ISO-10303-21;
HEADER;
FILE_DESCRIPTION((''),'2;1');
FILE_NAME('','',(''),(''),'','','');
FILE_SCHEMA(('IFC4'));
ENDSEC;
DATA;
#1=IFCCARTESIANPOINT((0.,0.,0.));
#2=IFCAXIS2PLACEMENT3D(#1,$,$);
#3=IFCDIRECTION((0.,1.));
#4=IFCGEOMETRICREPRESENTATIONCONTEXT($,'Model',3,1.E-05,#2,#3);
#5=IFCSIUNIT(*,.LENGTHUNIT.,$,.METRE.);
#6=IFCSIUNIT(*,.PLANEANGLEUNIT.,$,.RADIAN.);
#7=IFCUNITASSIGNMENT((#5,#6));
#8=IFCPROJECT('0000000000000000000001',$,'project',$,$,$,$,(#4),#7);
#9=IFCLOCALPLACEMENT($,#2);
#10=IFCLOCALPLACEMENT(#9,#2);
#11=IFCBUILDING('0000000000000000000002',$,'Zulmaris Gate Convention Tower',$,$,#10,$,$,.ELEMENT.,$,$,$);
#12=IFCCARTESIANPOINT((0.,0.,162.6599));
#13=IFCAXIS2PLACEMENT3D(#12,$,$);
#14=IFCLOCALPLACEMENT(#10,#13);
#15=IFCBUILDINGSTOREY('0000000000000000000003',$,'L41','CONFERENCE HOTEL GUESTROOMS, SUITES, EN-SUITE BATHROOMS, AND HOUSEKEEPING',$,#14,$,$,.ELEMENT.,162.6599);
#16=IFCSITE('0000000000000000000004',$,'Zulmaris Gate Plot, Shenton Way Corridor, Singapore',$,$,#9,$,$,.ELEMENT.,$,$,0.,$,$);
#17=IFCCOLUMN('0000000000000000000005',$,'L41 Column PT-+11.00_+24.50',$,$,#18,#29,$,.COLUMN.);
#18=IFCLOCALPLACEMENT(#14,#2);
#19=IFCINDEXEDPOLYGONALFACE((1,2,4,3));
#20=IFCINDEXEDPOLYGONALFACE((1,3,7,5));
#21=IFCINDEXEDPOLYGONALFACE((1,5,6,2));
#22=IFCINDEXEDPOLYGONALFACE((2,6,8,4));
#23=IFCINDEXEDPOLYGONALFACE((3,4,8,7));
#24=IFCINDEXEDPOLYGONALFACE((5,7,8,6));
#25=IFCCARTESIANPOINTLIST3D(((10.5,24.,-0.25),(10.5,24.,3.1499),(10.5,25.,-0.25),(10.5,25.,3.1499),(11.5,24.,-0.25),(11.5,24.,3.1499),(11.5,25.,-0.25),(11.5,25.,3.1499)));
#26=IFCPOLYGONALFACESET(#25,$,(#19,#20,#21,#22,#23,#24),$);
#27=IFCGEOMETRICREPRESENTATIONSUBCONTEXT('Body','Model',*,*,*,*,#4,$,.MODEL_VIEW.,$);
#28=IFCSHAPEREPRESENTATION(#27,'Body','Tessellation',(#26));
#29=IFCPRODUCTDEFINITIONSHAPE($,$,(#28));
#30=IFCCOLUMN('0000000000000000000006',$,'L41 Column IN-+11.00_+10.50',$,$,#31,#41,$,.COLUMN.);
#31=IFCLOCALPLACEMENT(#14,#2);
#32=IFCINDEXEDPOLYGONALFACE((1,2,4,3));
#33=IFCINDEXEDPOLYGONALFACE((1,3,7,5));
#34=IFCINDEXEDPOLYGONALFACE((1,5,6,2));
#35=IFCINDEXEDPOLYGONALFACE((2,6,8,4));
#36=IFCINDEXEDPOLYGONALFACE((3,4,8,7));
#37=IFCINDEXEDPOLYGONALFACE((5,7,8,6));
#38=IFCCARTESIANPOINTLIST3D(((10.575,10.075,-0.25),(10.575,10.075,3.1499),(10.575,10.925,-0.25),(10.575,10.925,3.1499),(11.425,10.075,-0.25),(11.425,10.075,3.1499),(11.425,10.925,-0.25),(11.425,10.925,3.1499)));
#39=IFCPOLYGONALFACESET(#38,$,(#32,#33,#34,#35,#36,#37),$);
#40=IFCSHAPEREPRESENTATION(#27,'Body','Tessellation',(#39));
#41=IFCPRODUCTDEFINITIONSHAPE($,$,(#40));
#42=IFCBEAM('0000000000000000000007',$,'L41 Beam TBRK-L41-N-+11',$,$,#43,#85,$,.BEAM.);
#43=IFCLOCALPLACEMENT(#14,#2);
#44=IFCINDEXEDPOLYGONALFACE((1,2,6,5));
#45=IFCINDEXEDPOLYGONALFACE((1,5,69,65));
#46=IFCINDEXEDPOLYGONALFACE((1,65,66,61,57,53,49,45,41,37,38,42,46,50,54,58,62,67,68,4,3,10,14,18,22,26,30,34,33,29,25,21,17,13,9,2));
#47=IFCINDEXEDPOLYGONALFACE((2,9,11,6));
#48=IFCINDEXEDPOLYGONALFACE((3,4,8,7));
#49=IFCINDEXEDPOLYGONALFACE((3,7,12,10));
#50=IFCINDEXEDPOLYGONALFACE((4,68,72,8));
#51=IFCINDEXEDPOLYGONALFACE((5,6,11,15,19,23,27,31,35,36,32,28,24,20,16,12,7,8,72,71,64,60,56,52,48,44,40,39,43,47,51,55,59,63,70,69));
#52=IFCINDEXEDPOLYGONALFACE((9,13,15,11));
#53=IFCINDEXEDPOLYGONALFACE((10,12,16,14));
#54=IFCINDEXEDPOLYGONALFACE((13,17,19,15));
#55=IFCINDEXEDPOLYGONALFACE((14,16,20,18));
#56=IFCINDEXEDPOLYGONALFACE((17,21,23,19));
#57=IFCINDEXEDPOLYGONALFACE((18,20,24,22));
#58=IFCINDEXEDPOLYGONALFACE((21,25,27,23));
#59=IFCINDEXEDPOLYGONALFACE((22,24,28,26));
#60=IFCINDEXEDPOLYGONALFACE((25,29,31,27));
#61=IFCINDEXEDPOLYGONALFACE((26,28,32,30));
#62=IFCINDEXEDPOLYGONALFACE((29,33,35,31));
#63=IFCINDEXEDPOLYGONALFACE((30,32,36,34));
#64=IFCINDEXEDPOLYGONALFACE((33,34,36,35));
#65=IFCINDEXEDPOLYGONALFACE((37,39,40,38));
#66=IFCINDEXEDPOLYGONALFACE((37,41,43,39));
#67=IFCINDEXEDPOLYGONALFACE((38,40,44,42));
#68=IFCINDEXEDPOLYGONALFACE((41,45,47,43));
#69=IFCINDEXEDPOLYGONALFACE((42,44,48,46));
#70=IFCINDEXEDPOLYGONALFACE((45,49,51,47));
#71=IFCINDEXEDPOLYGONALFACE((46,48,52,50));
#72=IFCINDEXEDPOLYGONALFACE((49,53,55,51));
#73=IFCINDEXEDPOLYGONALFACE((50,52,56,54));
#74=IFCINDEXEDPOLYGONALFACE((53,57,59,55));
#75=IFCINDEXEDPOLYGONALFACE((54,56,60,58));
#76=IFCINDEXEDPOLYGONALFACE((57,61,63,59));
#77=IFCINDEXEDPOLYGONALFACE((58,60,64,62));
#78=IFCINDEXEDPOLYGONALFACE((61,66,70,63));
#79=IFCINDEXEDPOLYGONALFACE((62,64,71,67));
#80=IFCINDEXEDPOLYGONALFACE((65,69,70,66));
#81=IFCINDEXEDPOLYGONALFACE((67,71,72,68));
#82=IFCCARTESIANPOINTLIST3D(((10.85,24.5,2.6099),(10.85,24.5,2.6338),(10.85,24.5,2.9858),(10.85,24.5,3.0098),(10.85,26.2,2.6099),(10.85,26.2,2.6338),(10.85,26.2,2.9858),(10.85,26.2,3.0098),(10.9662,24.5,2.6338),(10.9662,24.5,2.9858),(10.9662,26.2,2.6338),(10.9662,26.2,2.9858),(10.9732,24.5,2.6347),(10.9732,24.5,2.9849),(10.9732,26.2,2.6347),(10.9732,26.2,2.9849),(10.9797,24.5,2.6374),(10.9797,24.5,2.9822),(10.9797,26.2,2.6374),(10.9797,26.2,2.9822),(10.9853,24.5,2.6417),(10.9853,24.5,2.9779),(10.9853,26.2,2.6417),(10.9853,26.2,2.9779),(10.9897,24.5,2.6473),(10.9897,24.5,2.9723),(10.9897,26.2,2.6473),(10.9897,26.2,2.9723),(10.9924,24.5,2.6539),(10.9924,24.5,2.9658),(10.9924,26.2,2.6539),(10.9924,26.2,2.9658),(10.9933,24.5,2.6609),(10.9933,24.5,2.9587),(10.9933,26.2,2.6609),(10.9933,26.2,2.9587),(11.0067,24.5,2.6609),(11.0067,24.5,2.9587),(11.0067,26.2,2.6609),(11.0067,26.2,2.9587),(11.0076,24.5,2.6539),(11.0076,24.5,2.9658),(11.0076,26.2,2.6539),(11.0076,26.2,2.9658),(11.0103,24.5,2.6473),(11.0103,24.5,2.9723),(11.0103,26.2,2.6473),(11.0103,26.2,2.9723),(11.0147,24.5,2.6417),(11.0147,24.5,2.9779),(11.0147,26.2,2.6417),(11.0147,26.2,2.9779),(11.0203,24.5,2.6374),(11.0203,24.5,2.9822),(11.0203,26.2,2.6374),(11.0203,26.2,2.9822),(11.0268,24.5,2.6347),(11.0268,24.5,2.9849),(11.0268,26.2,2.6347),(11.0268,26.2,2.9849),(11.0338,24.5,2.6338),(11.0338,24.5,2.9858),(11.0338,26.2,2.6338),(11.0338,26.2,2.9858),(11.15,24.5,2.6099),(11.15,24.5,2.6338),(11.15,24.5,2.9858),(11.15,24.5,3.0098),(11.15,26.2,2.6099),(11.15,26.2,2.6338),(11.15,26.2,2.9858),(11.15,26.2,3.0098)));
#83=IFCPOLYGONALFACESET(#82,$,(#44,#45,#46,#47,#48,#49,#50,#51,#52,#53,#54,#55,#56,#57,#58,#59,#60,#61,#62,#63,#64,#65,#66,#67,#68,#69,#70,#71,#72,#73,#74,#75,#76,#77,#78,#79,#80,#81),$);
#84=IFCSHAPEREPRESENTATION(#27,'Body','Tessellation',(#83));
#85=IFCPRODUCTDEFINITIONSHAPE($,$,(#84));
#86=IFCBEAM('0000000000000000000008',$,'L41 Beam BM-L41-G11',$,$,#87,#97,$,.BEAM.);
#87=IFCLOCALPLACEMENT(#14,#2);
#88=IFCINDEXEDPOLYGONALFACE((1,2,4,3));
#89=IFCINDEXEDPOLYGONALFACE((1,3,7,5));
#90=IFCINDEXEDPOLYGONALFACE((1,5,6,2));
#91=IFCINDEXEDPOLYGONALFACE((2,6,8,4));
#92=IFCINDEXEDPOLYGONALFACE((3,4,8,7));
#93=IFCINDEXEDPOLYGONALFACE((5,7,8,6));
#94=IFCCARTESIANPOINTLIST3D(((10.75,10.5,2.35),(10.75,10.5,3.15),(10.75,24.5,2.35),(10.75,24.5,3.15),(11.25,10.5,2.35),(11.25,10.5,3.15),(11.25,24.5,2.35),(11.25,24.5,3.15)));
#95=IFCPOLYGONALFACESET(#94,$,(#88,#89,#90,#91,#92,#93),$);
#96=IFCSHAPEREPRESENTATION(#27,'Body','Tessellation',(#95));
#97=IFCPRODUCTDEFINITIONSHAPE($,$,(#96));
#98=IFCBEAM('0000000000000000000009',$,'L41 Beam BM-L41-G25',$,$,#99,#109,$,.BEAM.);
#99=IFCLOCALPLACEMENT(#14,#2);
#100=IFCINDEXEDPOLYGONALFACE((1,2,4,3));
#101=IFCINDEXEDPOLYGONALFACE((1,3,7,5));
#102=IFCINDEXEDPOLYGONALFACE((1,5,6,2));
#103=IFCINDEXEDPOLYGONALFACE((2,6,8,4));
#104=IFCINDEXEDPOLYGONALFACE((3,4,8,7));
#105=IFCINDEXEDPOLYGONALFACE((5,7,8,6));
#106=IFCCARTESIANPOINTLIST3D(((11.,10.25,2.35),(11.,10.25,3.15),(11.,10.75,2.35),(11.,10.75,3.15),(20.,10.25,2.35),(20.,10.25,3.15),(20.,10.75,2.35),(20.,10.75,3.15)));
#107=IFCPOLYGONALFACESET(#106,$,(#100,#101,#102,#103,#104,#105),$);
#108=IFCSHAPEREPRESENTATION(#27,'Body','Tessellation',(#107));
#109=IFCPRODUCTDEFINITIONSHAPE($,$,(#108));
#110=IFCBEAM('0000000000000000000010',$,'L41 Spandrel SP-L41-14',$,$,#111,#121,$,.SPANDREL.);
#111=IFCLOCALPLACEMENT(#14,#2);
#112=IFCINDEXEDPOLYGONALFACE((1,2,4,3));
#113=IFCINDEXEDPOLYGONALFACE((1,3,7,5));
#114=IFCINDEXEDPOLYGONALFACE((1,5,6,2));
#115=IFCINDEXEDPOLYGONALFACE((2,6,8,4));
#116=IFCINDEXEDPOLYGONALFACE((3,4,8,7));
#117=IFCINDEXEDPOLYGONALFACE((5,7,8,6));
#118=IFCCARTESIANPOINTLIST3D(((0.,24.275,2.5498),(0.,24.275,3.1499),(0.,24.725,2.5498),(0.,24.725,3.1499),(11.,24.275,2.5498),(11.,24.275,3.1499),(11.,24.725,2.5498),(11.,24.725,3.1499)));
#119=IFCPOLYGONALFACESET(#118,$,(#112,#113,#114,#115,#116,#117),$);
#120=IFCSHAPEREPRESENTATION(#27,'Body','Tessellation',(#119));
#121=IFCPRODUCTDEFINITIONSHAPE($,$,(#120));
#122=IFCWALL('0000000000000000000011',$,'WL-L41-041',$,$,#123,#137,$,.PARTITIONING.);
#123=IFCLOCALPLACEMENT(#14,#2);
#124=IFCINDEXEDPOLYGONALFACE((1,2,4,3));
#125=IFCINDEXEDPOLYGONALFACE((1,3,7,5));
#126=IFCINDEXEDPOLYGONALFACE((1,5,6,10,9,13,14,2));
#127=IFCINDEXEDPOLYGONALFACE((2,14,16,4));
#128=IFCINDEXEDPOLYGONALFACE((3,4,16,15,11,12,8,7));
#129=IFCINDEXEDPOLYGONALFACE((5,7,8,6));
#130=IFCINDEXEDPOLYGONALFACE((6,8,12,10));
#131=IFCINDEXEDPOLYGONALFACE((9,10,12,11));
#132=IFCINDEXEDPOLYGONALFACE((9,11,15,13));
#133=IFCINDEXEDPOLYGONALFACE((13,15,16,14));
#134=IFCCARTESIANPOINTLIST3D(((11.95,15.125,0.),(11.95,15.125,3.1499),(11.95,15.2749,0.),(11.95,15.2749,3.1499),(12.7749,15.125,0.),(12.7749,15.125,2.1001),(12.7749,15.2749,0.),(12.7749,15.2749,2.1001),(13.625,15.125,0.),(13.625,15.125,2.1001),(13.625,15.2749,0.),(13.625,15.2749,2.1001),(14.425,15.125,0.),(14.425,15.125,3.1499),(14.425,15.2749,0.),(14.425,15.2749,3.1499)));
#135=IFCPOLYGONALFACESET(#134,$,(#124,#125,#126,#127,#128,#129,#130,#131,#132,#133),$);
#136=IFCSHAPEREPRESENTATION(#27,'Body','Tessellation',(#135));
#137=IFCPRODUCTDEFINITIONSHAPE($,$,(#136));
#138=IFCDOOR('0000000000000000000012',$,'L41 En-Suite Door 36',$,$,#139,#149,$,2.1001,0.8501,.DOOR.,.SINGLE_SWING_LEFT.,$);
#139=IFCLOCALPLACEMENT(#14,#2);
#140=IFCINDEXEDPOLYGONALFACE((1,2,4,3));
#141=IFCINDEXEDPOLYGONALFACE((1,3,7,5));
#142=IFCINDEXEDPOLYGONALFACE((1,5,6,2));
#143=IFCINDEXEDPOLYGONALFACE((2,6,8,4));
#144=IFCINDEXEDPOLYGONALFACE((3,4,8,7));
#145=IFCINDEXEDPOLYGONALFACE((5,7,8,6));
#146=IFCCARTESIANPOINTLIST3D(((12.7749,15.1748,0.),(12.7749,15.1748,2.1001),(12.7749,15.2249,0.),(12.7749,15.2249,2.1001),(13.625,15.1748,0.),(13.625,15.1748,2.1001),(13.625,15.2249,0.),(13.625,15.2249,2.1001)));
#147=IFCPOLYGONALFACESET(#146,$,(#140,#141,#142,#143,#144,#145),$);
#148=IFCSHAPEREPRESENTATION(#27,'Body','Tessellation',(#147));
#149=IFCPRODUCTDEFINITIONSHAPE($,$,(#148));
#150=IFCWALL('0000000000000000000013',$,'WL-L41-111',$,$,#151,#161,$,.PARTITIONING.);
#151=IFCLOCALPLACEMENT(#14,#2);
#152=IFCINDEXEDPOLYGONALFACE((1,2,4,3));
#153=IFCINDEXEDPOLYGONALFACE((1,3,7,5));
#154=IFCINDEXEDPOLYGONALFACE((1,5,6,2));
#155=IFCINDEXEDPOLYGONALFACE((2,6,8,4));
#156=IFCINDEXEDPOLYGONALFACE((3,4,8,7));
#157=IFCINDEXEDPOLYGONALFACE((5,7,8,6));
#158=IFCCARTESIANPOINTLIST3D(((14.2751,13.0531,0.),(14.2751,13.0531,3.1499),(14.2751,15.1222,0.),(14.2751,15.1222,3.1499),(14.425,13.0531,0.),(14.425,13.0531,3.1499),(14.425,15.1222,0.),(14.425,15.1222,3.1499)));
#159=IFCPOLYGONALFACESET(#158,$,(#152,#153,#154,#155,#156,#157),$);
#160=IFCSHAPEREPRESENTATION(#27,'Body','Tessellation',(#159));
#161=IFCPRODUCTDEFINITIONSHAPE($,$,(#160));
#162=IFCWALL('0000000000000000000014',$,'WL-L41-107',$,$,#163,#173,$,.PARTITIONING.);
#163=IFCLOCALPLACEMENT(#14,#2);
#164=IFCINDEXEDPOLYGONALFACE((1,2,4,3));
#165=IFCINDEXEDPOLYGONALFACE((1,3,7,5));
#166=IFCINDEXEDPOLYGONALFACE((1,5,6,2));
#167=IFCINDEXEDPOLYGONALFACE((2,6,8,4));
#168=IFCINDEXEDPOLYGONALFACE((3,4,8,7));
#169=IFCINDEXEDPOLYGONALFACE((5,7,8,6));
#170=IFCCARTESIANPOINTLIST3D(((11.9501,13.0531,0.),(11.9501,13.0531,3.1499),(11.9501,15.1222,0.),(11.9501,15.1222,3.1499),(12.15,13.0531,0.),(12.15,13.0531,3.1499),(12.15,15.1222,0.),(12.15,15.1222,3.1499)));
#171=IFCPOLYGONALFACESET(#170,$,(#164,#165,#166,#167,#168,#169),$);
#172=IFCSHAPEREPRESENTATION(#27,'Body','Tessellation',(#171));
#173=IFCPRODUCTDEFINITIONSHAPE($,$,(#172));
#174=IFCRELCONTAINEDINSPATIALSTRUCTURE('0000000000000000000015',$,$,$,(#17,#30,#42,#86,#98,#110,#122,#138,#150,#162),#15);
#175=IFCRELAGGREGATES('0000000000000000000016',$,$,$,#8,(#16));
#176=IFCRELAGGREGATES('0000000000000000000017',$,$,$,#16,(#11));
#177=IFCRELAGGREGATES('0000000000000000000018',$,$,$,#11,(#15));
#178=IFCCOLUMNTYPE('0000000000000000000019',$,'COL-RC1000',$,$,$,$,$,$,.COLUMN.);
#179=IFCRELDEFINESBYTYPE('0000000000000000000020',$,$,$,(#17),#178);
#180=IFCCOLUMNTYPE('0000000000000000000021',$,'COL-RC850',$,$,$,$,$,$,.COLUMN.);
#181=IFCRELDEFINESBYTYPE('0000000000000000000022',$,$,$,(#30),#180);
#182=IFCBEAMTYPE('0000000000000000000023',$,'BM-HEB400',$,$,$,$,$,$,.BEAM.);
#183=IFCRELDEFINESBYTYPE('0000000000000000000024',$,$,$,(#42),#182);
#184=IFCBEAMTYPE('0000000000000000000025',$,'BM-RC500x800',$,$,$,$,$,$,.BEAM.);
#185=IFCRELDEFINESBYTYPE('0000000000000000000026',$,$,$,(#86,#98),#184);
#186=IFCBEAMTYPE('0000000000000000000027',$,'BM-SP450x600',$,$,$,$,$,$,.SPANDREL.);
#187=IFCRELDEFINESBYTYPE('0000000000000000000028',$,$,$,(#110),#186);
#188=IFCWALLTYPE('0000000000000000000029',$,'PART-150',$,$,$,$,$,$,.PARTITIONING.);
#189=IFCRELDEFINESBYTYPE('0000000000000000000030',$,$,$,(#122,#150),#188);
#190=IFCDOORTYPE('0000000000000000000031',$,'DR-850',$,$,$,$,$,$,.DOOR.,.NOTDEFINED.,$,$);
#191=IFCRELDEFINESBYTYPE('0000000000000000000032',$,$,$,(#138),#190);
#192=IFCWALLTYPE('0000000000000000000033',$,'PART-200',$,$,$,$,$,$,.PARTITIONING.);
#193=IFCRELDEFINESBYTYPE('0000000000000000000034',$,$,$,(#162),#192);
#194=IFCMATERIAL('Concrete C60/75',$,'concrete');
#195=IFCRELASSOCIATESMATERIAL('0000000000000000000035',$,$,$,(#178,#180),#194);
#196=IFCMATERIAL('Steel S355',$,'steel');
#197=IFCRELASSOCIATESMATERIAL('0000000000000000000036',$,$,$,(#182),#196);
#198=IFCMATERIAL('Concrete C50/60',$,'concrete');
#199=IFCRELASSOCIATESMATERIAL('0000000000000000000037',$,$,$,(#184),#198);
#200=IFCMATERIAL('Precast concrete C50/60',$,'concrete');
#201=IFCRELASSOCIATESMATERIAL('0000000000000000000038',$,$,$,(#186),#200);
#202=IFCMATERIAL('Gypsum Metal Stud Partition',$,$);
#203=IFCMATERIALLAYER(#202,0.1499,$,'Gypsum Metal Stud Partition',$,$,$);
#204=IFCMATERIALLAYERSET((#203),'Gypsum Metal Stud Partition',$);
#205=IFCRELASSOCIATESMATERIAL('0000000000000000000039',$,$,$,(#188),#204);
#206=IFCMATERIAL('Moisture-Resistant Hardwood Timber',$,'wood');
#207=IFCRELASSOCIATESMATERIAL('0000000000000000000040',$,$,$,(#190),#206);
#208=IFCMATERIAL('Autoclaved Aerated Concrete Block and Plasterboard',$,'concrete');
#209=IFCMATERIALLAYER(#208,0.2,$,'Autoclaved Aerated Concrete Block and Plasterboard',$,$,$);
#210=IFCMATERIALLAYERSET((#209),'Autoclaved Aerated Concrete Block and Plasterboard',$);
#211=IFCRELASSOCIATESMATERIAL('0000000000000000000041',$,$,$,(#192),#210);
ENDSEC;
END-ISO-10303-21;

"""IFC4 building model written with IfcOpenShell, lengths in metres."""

from ifc_helpers import new_model, si_unit, direction, frame, frame_2d, origin, origin_2d, place, context, subcontext, project, spatial, rectangle, i_section, extrude, material, layer, layer_set, material_profile, profile_set, type_object, element, fill, save


model = new_model("IFC4")

# Units and contexts
model_context = context("Model", 3, precision=1e-05, world=origin(), true_north=direction((0.0, 1.0)))
body_context = subcontext(model_context, "Body", "Model", "MODEL_VIEW")
ifc_project = project(units=[si_unit("LENGTHUNIT", "METRE"), si_unit("PLANEANGLEUNIT", "RADIAN")], contexts=[model_context])

# Site, building, storey
site_placement = place(None, origin())
site = spatial("IfcSite", under=ifc_project, at=site_placement, Name="Zulmaris Gate Plot, Shenton Way Corridor, Singapore", CompositionType="ELEMENT", RefElevation=0.0)
building_placement = place(site_placement, origin())
building = spatial("IfcBuilding", under=site, at=building_placement, Name="Zulmaris Gate Convention Tower", CompositionType="ELEMENT")
storey_placement = place(building_placement, frame((0.0, 0.0, 162.6599)))
storey = spatial("IfcBuildingStorey", under=building, at=storey_placement, Name="L41", Description="CONFERENCE HOTEL GUESTROOMS, SUITES, EN-SUITE BATHROOMS, AND HOUSEKEEPING", CompositionType="ELEMENT", Elevation=162.6599)

# Columns
ifc_material_1 = material(Name="Concrete C60/75", Category="concrete")
ifc_material_profile_1 = material_profile(ifc_material_1, rectangle(XDim=1.0, YDim=1.0, at=origin_2d()), Name="RC COL 1000x1000")
ifc_profile_set_1 = profile_set([ifc_material_profile_1], Name="Concrete C60/75")
column_type_1 = type_object("IfcColumnType", Name="COL-RC1000", PredefinedType="COLUMN", material=ifc_profile_set_1)
column_1_placement = place(storey_placement, frame((11.0, 24.5, -0.25), z_axis=(0.0, 0.0, 1.0), x_axis=(1.0, 0.0, 0.0)))
element("IfcColumn", 1, at=column_1_placement, inside=storey, type_object=column_type_1, Name="L41 Column PT-+11.00_+24.50", PredefinedType="COLUMN", context=body_context, shape_type="SweptSolid", body=[
    extrude(rectangle(XDim=1.0, YDim=1.0, at=origin_2d()), origin(), (0.0, 0.0, 1.0), 3.3999),
])
ifc_material_profile_2 = material_profile(ifc_material_1, rectangle(XDim=0.8501, YDim=0.8501, at=origin_2d()), Name="RC COL 850x850")
ifc_profile_set_2 = profile_set([ifc_material_profile_2], Name="Concrete C60/75")
column_type_2 = type_object("IfcColumnType", Name="COL-RC850", PredefinedType="COLUMN", material=ifc_profile_set_2)
column_2_placement = place(storey_placement, frame((11.0, 10.5, -0.25), z_axis=(0.0, 0.0, 1.0), x_axis=(1.0, 0.0, 0.0)))
element("IfcColumn", 2, at=column_2_placement, inside=storey, type_object=column_type_2, Name="L41 Column IN-+11.00_+10.50", PredefinedType="COLUMN", context=body_context, shape_type="SweptSolid", body=[
    extrude(rectangle(XDim=0.8501, YDim=0.8501, at=origin_2d()), origin(), (0.0, 0.0, 1.0), 3.3999),
])

# Beams
ifc_material_2 = material(Name="Steel S355", Category="steel")
ifc_material_profile_3 = material_profile(ifc_material_2, i_section(OverallWidth=0.3, OverallDepth=0.3999, WebThickness=0.0134, FlangeThickness=0.0239, FilletRadius=0.0271, at=origin_2d()), Name="HEB 400")
ifc_profile_set_3 = profile_set([ifc_material_profile_3], Name="Steel S355")
beam_type_1 = type_object("IfcBeamType", Name="BM-HEB400", PredefinedType="BEAM", material=ifc_profile_set_3)
beam_1_placement = place(storey_placement, frame((11.0, 24.5, 2.8098), z_axis=(0.0, 1.0, 0.0), x_axis=(-1.0, 0.0, 0.0)))
element("IfcBeam", 3, at=beam_1_placement, inside=storey, type_object=beam_type_1, Name="L41 Beam TBRK-L41-N-+11", PredefinedType="BEAM", context=body_context, shape_type="SweptSolid", body=[
    extrude(i_section(OverallWidth=0.3, OverallDepth=0.3999, WebThickness=0.0134, FlangeThickness=0.0239, FilletRadius=0.0271, at=origin_2d()), origin(), (0.0, 0.0, 1.0), 1.7),
])
ifc_material_3 = material(Name="Concrete C50/60", Category="concrete")
ifc_material_profile_4 = material_profile(ifc_material_3, rectangle(XDim=0.5, YDim=0.8, at=origin_2d()), Name="RC BEAM 500x800")
ifc_profile_set_4 = profile_set([ifc_material_profile_4], Name="Concrete C50/60")
beam_type_2 = type_object("IfcBeamType", Name="BM-RC500x800", PredefinedType="BEAM", material=ifc_profile_set_4)
beam_2_placement = place(storey_placement, frame((11.0, 10.5, 2.75), z_axis=(0.0, 1.0, 0.0), x_axis=(-1.0, 0.0, 0.0)))
element("IfcBeam", 4, at=beam_2_placement, inside=storey, type_object=beam_type_2, Name="L41 Beam BM-L41-G11", PredefinedType="BEAM", context=body_context, shape_type="SweptSolid", body=[
    extrude(rectangle(XDim=0.5, YDim=0.8, at=origin_2d()), origin(), (0.0, 0.0, 1.0), 14.0),
])
beam_3_placement = place(storey_placement, frame((11.0, 10.5, 2.75), z_axis=(1.0, 0.0, 0.0), x_axis=(0.0, 1.0, 0.0)))
element("IfcBeam", 5, at=beam_3_placement, inside=storey, type_object=beam_type_2, Name="L41 Beam BM-L41-G25", PredefinedType="BEAM", context=body_context, shape_type="SweptSolid", body=[
    extrude(rectangle(XDim=0.5, YDim=0.8, at=origin_2d()), origin(), (0.0, 0.0, 1.0), 9.0),
])
ifc_material_4 = material(Name="Precast concrete C50/60", Category="concrete")
ifc_material_profile_5 = material_profile(ifc_material_4, rectangle(XDim=0.45, YDim=0.6001, at=origin_2d()), Name="RC SPANDREL 450x600")
ifc_profile_set_5 = profile_set([ifc_material_profile_5], Name="Precast concrete C50/60")
beam_type_3 = type_object("IfcBeamType", Name="BM-SP450x600", PredefinedType="SPANDREL", material=ifc_profile_set_5)
beam_4_placement = place(storey_placement, frame((11.0, 24.5, 2.8499), z_axis=(-1.0, 0.0, 0.0), x_axis=(0.0, -1.0, 0.0)))
element("IfcBeam", 6, at=beam_4_placement, inside=storey, type_object=beam_type_3, Name="L41 Spandrel SP-L41-14", PredefinedType="SPANDREL", context=body_context, shape_type="SweptSolid", body=[
    extrude(rectangle(XDim=0.45, YDim=0.6001, at=origin_2d()), origin(), (0.0, 0.0, 1.0), 11.0),
])

# Wall, opening, door
ifc_material_5 = material(Name="Gypsum Metal Stud Partition")
ifc_layer_1 = layer(ifc_material_5, 0.1499, Name="Gypsum Metal Stud Partition")
ifc_layer_set_1 = layer_set([ifc_layer_1], Name="Gypsum Metal Stud Partition")
wall_type_1 = type_object("IfcWallType", Name="PART-150", PredefinedType="PARTITIONING", material=ifc_layer_set_1)
wall_1_placement = place(storey_placement, frame((11.95, 15.2, 0.0), z_axis=(0.0, 0.0, 1.0), x_axis=(1.0, 0.0, 0.0)))
wall_1 = element("IfcWall", 7, at=wall_1_placement, inside=storey, type_object=wall_type_1, Name="WL-L41-041", PredefinedType="PARTITIONING", context=body_context, shape_type="SweptSolid", body=[
    extrude(rectangle(XDim=2.4751, YDim=0.1499, at=frame_2d((1.2375, 0.0))), origin(), (0.0, 0.0, 1.0), 3.1499),
])
opening_1_placement = place(wall_1_placement, frame((0.825, 0.0, 0.0)))
opening_1 = element("IfcOpeningElement", 8, at=opening_1_placement, cuts=wall_1, PredefinedType="OPENING", context=body_context, shape_type="SweptSolid", body=[
    extrude(rectangle(XDim=0.8501, YDim=2.1001, at=frame_2d((0.425, 1.05))), frame((0.0, 0.085, 0.0), z_axis=(0.0, -1.0, 0.0), x_axis=(1.0, 0.0, 0.0)), (0.0, 0.0, 1.0), 0.1699),
])
ifc_material_6 = material(Name="Moisture-Resistant Hardwood Timber", Category="wood")
door_type_1 = type_object("IfcDoorType", Name="DR-850", OperationType="NOTDEFINED", PredefinedType="DOOR", material=ifc_material_6)
door_1_placement = place(opening_1_placement, origin())
door_1 = element("IfcDoor", 9, at=door_1_placement, inside=storey, type_object=door_type_1, Name="L41 En-Suite Door 36", OperationType="SINGLE_SWING_LEFT", OverallHeight=2.1001, OverallWidth=0.8501, PredefinedType="DOOR", context=body_context, shape_type="SweptSolid", body=[
    extrude(rectangle(XDim=0.8501, YDim=2.1001, at=frame_2d((0.425, 1.05))), frame((0.0, 0.0249, 0.0), z_axis=(0.0, -1.0, 0.0), x_axis=(1.0, 0.0, 0.0)), (0.0, 0.0, 1.0), 0.05),
])
fill(opening_1, door_1)

# Walls
wall_2_placement = place(storey_placement, frame((14.3501, 13.053, 0.0), z_axis=(0.0, 0.0, 1.0), x_axis=(0.0, 1.0, 0.0)))
element("IfcWall", 10, at=wall_2_placement, inside=storey, type_object=wall_type_1, Name="WL-L41-111", PredefinedType="PARTITIONING", context=body_context, shape_type="SweptSolid", body=[
    extrude(rectangle(XDim=2.0691, YDim=0.1499, at=frame_2d((1.0347, 0.0))), origin(), (0.0, 0.0, 1.0), 3.1499),
])
ifc_material_7 = material(Name="Autoclaved Aerated Concrete Block and Plasterboard", Category="concrete")
ifc_layer_2 = layer(ifc_material_7, 0.2, Name="Autoclaved Aerated Concrete Block and Plasterboard")
ifc_layer_set_2 = layer_set([ifc_layer_2], Name="Autoclaved Aerated Concrete Block and Plasterboard")
wall_type_2 = type_object("IfcWallType", Name="PART-200", PredefinedType="PARTITIONING", material=ifc_layer_set_2)
wall_3_placement = place(storey_placement, frame((12.05, 13.053, 0.0), z_axis=(0.0, 0.0, 1.0), x_axis=(0.0, 1.0, 0.0)))
element("IfcWall", 11, at=wall_3_placement, inside=storey, type_object=wall_type_2, Name="WL-L41-107", PredefinedType="PARTITIONING", context=body_context, shape_type="SweptSolid", body=[
    extrude(rectangle(XDim=2.0691, YDim=0.2, at=frame_2d((1.0347, 0.0))), origin(), (0.0, 0.0, 1.0), 3.1499),
])

save(model, "model.ifc")
